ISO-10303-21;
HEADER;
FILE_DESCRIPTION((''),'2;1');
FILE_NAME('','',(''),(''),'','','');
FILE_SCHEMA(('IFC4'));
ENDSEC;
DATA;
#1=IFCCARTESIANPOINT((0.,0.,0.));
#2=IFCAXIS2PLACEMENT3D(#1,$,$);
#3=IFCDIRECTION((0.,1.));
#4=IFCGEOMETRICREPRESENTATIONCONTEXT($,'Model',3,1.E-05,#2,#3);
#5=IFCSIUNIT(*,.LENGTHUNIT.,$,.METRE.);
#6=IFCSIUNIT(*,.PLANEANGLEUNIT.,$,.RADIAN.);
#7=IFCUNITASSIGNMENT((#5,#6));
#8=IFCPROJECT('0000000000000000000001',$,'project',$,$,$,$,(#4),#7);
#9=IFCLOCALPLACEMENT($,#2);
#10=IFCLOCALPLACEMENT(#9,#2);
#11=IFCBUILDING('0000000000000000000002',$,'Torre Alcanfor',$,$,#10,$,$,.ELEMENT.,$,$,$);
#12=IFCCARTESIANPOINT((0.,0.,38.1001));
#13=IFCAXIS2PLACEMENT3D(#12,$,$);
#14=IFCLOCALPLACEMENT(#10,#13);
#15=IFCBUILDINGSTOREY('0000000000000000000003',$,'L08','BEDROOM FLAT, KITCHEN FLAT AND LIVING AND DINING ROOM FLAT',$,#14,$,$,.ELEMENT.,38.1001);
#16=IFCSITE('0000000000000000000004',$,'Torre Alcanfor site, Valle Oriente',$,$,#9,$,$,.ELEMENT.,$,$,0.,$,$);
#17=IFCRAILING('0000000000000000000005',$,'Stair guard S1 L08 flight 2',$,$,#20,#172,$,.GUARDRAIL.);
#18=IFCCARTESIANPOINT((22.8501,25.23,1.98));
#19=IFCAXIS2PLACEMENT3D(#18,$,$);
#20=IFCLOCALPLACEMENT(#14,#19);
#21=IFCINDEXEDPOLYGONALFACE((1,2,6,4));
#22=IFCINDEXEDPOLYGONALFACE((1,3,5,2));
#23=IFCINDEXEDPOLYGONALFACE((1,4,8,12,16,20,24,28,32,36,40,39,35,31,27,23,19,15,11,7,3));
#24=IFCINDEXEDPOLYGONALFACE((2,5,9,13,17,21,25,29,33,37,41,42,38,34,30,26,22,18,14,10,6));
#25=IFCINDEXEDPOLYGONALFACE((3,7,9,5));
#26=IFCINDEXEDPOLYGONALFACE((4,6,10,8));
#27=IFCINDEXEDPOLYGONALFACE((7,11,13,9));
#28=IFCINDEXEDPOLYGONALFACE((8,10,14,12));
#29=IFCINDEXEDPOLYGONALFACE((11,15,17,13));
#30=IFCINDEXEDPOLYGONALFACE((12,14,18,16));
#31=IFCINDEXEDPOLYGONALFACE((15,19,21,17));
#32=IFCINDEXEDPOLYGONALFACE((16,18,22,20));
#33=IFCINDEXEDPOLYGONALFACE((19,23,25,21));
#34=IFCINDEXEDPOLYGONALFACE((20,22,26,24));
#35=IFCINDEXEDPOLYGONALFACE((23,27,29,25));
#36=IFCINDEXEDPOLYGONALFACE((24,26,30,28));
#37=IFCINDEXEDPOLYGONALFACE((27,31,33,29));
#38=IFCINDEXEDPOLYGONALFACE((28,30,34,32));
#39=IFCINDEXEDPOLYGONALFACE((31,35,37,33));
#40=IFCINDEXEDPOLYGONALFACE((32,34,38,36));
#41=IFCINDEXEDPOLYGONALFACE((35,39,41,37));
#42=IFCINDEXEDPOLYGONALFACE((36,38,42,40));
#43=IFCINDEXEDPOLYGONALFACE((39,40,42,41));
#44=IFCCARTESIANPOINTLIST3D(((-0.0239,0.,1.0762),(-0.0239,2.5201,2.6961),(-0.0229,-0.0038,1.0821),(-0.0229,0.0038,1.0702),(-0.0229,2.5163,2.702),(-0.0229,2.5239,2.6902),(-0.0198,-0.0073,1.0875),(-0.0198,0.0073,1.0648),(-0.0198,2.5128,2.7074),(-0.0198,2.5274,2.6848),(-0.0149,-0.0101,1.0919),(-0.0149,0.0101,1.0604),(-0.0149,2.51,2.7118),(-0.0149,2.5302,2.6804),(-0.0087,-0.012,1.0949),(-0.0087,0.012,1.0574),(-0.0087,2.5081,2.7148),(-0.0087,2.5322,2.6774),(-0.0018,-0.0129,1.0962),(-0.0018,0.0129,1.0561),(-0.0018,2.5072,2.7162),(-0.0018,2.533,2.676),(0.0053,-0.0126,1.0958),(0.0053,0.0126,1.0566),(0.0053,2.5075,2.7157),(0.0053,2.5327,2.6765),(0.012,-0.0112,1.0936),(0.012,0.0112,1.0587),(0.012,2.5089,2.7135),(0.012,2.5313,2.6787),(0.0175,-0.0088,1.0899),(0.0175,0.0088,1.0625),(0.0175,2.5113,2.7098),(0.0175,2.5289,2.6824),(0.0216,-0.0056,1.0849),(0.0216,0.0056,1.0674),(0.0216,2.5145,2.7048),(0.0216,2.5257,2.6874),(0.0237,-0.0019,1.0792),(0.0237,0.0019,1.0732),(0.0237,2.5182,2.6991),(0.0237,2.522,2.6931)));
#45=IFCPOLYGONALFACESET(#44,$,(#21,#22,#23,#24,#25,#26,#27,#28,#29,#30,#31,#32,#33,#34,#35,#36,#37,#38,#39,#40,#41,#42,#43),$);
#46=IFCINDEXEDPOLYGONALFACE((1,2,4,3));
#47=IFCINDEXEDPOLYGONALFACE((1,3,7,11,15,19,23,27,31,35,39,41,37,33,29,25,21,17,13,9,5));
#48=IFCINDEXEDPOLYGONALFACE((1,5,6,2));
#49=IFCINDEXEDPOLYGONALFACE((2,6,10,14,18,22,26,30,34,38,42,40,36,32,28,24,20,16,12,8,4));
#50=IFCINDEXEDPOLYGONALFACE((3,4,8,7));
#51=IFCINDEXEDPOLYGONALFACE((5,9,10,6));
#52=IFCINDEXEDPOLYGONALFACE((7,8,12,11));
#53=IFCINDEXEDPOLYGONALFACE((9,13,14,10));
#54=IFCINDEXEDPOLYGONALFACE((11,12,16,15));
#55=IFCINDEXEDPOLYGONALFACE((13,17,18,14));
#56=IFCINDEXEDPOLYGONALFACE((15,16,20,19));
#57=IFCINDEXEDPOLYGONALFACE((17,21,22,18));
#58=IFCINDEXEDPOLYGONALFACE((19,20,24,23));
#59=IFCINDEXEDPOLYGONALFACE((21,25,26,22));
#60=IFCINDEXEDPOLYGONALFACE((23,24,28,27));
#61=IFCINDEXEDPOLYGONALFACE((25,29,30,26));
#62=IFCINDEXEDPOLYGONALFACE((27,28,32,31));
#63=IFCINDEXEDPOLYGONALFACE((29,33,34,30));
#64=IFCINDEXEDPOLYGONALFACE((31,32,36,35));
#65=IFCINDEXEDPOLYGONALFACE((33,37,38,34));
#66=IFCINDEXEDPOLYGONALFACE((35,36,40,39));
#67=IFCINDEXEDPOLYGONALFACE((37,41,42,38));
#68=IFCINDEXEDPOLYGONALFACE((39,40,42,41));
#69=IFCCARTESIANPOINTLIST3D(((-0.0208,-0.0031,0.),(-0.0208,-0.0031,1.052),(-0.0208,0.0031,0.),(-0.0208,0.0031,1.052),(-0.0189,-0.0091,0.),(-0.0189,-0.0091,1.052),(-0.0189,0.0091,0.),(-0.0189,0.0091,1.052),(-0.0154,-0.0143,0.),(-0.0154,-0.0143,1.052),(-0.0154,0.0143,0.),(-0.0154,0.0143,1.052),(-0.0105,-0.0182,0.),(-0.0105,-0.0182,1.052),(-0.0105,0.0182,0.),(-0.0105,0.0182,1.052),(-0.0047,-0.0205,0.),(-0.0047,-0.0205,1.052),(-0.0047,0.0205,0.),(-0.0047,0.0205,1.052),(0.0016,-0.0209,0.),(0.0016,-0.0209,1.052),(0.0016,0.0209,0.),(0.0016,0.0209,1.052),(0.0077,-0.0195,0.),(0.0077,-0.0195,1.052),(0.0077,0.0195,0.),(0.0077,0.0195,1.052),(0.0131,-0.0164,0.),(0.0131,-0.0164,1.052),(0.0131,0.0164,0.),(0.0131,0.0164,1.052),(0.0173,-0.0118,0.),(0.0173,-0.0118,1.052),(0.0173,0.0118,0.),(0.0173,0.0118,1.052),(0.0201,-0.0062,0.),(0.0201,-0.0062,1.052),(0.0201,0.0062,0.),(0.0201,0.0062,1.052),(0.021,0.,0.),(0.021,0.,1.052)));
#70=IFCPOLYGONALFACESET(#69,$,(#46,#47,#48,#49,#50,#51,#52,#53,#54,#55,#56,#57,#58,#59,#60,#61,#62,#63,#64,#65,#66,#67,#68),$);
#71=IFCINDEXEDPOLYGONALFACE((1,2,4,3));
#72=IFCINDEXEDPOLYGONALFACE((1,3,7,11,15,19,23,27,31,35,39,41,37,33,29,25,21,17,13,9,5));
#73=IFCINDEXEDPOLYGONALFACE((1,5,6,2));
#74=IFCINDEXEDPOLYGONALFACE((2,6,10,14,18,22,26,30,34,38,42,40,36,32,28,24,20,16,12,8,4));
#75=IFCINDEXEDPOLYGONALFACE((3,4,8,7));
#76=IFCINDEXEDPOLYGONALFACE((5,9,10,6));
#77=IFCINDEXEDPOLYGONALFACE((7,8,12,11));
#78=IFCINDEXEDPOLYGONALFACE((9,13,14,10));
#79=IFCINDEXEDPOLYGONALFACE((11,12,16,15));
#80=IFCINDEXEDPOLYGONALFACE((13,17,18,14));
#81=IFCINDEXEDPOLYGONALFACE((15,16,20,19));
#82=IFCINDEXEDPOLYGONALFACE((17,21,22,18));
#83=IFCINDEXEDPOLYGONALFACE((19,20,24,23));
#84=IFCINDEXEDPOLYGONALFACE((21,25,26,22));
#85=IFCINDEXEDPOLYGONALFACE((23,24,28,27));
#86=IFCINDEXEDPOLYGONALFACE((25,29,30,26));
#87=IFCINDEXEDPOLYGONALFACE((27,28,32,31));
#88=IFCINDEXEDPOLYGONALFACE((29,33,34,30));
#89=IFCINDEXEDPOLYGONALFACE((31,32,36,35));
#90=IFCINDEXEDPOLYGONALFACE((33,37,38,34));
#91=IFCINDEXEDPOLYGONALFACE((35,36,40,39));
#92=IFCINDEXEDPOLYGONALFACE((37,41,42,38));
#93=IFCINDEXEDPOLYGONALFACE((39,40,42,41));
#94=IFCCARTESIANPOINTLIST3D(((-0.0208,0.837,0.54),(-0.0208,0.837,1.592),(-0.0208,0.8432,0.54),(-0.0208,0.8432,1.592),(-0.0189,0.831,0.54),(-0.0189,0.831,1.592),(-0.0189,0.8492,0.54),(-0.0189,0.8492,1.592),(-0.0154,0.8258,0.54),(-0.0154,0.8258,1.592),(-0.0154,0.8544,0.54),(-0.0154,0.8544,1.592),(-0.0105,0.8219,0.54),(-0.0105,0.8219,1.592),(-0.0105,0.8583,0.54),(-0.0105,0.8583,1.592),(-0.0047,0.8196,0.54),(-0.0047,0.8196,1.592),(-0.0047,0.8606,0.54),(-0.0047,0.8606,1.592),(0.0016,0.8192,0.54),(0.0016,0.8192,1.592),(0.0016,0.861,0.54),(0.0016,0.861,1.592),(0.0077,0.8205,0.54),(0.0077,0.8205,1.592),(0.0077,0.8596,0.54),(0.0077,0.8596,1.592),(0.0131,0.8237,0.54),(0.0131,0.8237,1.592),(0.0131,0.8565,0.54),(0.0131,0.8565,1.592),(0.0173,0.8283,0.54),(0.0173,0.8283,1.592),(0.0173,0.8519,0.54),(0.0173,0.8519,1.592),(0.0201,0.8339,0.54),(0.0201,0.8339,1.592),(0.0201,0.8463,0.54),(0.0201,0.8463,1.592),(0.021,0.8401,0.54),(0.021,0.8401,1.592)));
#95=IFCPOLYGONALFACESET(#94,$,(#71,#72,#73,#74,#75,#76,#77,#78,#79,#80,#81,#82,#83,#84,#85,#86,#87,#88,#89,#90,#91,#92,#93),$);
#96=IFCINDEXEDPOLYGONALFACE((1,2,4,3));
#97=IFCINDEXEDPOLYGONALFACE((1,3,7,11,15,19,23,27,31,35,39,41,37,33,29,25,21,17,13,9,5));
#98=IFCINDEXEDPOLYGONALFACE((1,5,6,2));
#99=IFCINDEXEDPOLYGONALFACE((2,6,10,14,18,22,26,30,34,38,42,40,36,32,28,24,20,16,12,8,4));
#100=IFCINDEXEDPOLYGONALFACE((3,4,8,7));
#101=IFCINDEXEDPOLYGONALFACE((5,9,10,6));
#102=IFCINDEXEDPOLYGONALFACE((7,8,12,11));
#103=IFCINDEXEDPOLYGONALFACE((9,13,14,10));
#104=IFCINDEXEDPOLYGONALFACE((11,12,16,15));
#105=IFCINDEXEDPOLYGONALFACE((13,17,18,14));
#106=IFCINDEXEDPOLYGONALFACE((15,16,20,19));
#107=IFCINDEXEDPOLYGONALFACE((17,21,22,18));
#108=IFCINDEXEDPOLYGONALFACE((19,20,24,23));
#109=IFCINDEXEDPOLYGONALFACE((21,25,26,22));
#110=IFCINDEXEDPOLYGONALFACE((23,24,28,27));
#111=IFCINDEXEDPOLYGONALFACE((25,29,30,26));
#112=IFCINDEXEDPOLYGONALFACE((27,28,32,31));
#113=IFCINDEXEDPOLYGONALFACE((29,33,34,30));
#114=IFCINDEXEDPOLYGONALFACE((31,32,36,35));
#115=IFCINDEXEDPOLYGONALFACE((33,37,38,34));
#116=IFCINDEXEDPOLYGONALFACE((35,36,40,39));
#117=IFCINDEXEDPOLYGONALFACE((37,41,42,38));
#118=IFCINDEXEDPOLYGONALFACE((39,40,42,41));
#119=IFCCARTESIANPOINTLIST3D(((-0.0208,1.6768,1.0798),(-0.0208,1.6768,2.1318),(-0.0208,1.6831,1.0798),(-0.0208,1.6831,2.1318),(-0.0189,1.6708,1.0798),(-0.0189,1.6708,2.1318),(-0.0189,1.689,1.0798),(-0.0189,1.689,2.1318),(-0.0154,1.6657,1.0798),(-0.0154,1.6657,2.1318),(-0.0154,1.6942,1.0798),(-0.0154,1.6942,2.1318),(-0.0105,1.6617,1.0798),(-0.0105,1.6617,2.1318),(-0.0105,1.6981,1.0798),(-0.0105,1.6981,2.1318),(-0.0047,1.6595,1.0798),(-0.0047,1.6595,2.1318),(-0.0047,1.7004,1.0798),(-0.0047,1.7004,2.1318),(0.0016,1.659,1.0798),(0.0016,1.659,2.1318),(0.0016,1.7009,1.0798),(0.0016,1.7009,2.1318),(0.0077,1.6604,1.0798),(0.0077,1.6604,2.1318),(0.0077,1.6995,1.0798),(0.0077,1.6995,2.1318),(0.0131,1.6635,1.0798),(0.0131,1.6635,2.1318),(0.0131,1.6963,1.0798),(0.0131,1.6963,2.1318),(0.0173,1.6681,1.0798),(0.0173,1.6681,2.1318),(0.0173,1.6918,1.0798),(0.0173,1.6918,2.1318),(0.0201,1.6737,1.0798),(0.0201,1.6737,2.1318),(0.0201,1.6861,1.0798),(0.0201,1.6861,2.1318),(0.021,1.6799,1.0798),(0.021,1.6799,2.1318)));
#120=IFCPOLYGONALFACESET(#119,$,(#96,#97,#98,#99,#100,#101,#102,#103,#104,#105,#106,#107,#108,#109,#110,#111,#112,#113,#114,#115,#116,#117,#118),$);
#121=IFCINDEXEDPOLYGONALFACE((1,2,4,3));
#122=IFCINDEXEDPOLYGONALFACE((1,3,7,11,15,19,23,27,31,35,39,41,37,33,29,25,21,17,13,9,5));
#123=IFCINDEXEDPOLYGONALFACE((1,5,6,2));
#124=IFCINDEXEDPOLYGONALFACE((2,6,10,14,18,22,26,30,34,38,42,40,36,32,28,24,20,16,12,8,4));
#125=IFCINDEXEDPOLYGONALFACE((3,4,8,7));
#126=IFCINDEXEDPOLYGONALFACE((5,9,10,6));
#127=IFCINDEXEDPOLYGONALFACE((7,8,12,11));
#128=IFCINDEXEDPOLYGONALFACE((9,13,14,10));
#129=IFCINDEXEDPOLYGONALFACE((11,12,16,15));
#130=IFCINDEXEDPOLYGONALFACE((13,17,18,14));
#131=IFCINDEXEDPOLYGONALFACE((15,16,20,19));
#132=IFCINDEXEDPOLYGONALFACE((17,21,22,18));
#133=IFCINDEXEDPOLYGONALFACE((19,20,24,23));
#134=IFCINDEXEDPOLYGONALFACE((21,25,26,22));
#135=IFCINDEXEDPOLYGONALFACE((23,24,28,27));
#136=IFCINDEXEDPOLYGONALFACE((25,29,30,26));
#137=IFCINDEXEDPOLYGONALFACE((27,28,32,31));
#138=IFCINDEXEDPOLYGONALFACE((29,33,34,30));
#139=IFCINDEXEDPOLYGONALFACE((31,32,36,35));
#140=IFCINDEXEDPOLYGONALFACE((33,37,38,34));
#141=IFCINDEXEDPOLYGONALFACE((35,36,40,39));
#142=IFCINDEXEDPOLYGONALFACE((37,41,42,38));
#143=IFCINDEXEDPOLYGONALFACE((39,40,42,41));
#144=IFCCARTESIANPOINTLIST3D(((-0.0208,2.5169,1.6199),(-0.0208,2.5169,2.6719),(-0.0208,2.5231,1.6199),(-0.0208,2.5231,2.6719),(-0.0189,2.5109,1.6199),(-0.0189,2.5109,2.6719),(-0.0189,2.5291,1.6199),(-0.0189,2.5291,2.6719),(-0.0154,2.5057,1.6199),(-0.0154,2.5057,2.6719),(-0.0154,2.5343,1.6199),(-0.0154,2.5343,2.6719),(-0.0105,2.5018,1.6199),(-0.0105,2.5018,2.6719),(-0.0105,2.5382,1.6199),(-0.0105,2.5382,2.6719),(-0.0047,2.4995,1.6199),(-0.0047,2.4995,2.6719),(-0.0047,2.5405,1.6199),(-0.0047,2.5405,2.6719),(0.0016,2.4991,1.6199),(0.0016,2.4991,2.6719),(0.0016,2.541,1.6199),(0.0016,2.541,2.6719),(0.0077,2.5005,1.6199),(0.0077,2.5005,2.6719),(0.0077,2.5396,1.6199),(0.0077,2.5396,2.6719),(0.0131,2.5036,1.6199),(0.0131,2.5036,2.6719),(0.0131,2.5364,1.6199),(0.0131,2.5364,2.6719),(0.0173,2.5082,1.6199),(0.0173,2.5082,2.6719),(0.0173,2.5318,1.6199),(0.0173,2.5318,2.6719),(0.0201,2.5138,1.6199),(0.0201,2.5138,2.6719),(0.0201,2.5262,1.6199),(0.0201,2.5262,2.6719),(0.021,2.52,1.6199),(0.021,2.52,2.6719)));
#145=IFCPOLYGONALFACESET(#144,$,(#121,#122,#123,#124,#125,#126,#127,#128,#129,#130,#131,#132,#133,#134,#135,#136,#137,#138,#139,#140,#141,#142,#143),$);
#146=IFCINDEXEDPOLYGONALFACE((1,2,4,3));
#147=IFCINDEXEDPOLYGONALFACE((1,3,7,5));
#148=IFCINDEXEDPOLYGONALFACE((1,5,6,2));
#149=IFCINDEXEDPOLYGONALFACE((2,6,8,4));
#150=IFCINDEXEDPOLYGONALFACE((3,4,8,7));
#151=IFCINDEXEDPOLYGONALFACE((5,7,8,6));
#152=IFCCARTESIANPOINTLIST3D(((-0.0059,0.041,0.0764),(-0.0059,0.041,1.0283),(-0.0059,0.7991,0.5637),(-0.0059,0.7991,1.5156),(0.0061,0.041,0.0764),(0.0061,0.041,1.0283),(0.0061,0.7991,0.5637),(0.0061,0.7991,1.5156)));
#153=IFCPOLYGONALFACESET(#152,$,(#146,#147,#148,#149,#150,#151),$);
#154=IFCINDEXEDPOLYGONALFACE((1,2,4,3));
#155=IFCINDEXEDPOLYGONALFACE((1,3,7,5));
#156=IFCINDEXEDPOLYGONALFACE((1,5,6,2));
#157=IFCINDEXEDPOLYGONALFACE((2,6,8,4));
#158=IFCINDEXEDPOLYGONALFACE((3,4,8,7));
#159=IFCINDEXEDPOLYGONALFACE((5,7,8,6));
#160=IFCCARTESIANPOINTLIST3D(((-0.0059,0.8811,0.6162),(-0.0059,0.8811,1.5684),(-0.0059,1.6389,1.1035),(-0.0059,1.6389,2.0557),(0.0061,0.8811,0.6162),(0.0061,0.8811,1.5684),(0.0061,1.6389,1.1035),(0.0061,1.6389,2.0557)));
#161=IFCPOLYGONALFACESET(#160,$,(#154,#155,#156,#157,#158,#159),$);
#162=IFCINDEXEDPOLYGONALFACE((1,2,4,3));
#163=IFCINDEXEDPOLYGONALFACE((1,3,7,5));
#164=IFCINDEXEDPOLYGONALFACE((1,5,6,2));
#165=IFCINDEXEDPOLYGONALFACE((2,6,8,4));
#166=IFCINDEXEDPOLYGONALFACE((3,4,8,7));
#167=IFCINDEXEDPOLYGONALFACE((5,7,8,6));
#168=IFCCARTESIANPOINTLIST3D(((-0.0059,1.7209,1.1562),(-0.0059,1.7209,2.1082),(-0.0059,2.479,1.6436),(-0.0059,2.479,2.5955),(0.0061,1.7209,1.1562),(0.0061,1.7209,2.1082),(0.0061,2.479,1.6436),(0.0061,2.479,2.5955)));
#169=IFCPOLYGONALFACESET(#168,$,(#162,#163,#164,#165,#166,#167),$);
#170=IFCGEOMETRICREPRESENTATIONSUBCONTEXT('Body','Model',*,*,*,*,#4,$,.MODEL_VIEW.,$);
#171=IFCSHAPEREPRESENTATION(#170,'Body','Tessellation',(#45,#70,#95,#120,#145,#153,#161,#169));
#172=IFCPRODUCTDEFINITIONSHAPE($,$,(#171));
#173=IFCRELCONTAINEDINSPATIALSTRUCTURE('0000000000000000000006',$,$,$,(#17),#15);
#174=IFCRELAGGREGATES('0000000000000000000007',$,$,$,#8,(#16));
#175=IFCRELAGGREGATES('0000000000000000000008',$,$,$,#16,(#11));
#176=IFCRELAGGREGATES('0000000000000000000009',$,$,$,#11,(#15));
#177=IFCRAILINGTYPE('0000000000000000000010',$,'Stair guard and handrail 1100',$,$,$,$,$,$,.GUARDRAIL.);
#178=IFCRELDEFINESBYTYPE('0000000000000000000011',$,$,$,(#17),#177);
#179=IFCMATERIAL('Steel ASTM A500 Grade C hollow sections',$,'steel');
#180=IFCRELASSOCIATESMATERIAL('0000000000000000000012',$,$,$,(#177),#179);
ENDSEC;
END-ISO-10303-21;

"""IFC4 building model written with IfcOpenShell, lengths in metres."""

from ifc_helpers import new_model, si_unit, direction, frame, origin, origin_2d, place, context, subcontext, project, spatial, polyline, circle, outline, extrude, material, type_object, element, save


model = new_model("IFC4")

# Units and contexts
model_context = context("Model", 3, precision=1e-05, world=origin(), true_north=direction((0.0, 1.0)))
body_context = subcontext(model_context, "Body", "Model", "MODEL_VIEW")
ifc_project = project(units=[si_unit("LENGTHUNIT", "METRE"), si_unit("PLANEANGLEUNIT", "RADIAN")], contexts=[model_context])

# Site, building, storey
site_placement = place(None, origin())
site = spatial("IfcSite", under=ifc_project, at=site_placement, Name="Torre Alcanfor site, Valle Oriente", CompositionType="ELEMENT", RefElevation=0.0)
building_placement = place(site_placement, origin())
building = spatial("IfcBuilding", under=site, at=building_placement, Name="Torre Alcanfor", CompositionType="ELEMENT")
storey_placement = place(building_placement, frame((0.0, 0.0, 38.1001)))
storey = spatial("IfcBuildingStorey", under=building, at=storey_placement, Name="L08", Description="BEDROOM FLAT, KITCHEN FLAT AND LIVING AND DINING ROOM FLAT", CompositionType="ELEMENT", Elevation=38.1001)

# Railing
ifc_material_1 = material(Name="Steel ASTM A500 Grade C hollow sections", Category="steel")
railing_type_1 = type_object("IfcRailingType", Name="Stair guard and handrail 1100", PredefinedType="GUARDRAIL", material=ifc_material_1)
railing_1_placement = place(storey_placement, frame((22.8501, 25.23, 1.98)))
element("IfcRailing", 1, at=railing_1_placement, inside=storey, type_object=railing_type_1, Name="Stair guard S1 L08 flight 2", PredefinedType="GUARDRAIL", context=body_context, shape_type="SweptSolid", body=[
    extrude(circle(Radius=0.0239, at=origin_2d()), frame((0.0, 0.0, 1.0762), z_axis=(0.0, 0.8412, 0.540725), x_axis=(-1.0, 0.0, 0.0)), (0.0, 0.0, 1.0), 2.9958),
    extrude(circle(Radius=0.021, at=origin_2d()), origin(), (0.0, 0.0, 1.0), 1.052),
    extrude(circle(Radius=0.021, at=origin_2d()), frame((0.0, 0.8401, 0.54)), (0.0, 0.0, 1.0), 1.052),
    extrude(circle(Radius=0.021, at=origin_2d()), frame((0.0, 1.6799, 1.0798)), (0.0, 0.0, 1.0), 1.052),
    extrude(circle(Radius=0.021, at=origin_2d()), frame((0.0, 2.52, 1.6199)), (0.0, 0.0, 1.0), 1.052),
    extrude(outline(polyline([(0.041, 0.0764), (0.7991, 0.5637), (0.7991, 1.5156), (0.041, 1.0283), (0.041, 0.0764)])), frame((-0.0059, 0.0, 0.0), z_axis=(1.0, 0.0, 0.0), x_axis=(0.0, 1.0, 0.0)), (0.0, 0.0, 1.0), 0.012),
    extrude(outline(polyline([(0.8811, 0.6162), (1.6389, 1.1035), (1.6389, 2.0557), (0.8811, 1.5684), (0.8811, 0.6162)])), frame((-0.0059, 0.0, 0.0), z_axis=(1.0, 0.0, 0.0), x_axis=(0.0, 1.0, 0.0)), (0.0, 0.0, 1.0), 0.012),
    extrude(outline(polyline([(1.7209, 1.1562), (2.479, 1.6436), (2.479, 2.5955), (1.7209, 2.1082), (1.7209, 1.1562)])), frame((-0.0059, 0.0, 0.0), z_axis=(1.0, 0.0, 0.0), x_axis=(0.0, 1.0, 0.0)), (0.0, 0.0, 1.0), 0.012),
])

save(model, "model.ifc")
